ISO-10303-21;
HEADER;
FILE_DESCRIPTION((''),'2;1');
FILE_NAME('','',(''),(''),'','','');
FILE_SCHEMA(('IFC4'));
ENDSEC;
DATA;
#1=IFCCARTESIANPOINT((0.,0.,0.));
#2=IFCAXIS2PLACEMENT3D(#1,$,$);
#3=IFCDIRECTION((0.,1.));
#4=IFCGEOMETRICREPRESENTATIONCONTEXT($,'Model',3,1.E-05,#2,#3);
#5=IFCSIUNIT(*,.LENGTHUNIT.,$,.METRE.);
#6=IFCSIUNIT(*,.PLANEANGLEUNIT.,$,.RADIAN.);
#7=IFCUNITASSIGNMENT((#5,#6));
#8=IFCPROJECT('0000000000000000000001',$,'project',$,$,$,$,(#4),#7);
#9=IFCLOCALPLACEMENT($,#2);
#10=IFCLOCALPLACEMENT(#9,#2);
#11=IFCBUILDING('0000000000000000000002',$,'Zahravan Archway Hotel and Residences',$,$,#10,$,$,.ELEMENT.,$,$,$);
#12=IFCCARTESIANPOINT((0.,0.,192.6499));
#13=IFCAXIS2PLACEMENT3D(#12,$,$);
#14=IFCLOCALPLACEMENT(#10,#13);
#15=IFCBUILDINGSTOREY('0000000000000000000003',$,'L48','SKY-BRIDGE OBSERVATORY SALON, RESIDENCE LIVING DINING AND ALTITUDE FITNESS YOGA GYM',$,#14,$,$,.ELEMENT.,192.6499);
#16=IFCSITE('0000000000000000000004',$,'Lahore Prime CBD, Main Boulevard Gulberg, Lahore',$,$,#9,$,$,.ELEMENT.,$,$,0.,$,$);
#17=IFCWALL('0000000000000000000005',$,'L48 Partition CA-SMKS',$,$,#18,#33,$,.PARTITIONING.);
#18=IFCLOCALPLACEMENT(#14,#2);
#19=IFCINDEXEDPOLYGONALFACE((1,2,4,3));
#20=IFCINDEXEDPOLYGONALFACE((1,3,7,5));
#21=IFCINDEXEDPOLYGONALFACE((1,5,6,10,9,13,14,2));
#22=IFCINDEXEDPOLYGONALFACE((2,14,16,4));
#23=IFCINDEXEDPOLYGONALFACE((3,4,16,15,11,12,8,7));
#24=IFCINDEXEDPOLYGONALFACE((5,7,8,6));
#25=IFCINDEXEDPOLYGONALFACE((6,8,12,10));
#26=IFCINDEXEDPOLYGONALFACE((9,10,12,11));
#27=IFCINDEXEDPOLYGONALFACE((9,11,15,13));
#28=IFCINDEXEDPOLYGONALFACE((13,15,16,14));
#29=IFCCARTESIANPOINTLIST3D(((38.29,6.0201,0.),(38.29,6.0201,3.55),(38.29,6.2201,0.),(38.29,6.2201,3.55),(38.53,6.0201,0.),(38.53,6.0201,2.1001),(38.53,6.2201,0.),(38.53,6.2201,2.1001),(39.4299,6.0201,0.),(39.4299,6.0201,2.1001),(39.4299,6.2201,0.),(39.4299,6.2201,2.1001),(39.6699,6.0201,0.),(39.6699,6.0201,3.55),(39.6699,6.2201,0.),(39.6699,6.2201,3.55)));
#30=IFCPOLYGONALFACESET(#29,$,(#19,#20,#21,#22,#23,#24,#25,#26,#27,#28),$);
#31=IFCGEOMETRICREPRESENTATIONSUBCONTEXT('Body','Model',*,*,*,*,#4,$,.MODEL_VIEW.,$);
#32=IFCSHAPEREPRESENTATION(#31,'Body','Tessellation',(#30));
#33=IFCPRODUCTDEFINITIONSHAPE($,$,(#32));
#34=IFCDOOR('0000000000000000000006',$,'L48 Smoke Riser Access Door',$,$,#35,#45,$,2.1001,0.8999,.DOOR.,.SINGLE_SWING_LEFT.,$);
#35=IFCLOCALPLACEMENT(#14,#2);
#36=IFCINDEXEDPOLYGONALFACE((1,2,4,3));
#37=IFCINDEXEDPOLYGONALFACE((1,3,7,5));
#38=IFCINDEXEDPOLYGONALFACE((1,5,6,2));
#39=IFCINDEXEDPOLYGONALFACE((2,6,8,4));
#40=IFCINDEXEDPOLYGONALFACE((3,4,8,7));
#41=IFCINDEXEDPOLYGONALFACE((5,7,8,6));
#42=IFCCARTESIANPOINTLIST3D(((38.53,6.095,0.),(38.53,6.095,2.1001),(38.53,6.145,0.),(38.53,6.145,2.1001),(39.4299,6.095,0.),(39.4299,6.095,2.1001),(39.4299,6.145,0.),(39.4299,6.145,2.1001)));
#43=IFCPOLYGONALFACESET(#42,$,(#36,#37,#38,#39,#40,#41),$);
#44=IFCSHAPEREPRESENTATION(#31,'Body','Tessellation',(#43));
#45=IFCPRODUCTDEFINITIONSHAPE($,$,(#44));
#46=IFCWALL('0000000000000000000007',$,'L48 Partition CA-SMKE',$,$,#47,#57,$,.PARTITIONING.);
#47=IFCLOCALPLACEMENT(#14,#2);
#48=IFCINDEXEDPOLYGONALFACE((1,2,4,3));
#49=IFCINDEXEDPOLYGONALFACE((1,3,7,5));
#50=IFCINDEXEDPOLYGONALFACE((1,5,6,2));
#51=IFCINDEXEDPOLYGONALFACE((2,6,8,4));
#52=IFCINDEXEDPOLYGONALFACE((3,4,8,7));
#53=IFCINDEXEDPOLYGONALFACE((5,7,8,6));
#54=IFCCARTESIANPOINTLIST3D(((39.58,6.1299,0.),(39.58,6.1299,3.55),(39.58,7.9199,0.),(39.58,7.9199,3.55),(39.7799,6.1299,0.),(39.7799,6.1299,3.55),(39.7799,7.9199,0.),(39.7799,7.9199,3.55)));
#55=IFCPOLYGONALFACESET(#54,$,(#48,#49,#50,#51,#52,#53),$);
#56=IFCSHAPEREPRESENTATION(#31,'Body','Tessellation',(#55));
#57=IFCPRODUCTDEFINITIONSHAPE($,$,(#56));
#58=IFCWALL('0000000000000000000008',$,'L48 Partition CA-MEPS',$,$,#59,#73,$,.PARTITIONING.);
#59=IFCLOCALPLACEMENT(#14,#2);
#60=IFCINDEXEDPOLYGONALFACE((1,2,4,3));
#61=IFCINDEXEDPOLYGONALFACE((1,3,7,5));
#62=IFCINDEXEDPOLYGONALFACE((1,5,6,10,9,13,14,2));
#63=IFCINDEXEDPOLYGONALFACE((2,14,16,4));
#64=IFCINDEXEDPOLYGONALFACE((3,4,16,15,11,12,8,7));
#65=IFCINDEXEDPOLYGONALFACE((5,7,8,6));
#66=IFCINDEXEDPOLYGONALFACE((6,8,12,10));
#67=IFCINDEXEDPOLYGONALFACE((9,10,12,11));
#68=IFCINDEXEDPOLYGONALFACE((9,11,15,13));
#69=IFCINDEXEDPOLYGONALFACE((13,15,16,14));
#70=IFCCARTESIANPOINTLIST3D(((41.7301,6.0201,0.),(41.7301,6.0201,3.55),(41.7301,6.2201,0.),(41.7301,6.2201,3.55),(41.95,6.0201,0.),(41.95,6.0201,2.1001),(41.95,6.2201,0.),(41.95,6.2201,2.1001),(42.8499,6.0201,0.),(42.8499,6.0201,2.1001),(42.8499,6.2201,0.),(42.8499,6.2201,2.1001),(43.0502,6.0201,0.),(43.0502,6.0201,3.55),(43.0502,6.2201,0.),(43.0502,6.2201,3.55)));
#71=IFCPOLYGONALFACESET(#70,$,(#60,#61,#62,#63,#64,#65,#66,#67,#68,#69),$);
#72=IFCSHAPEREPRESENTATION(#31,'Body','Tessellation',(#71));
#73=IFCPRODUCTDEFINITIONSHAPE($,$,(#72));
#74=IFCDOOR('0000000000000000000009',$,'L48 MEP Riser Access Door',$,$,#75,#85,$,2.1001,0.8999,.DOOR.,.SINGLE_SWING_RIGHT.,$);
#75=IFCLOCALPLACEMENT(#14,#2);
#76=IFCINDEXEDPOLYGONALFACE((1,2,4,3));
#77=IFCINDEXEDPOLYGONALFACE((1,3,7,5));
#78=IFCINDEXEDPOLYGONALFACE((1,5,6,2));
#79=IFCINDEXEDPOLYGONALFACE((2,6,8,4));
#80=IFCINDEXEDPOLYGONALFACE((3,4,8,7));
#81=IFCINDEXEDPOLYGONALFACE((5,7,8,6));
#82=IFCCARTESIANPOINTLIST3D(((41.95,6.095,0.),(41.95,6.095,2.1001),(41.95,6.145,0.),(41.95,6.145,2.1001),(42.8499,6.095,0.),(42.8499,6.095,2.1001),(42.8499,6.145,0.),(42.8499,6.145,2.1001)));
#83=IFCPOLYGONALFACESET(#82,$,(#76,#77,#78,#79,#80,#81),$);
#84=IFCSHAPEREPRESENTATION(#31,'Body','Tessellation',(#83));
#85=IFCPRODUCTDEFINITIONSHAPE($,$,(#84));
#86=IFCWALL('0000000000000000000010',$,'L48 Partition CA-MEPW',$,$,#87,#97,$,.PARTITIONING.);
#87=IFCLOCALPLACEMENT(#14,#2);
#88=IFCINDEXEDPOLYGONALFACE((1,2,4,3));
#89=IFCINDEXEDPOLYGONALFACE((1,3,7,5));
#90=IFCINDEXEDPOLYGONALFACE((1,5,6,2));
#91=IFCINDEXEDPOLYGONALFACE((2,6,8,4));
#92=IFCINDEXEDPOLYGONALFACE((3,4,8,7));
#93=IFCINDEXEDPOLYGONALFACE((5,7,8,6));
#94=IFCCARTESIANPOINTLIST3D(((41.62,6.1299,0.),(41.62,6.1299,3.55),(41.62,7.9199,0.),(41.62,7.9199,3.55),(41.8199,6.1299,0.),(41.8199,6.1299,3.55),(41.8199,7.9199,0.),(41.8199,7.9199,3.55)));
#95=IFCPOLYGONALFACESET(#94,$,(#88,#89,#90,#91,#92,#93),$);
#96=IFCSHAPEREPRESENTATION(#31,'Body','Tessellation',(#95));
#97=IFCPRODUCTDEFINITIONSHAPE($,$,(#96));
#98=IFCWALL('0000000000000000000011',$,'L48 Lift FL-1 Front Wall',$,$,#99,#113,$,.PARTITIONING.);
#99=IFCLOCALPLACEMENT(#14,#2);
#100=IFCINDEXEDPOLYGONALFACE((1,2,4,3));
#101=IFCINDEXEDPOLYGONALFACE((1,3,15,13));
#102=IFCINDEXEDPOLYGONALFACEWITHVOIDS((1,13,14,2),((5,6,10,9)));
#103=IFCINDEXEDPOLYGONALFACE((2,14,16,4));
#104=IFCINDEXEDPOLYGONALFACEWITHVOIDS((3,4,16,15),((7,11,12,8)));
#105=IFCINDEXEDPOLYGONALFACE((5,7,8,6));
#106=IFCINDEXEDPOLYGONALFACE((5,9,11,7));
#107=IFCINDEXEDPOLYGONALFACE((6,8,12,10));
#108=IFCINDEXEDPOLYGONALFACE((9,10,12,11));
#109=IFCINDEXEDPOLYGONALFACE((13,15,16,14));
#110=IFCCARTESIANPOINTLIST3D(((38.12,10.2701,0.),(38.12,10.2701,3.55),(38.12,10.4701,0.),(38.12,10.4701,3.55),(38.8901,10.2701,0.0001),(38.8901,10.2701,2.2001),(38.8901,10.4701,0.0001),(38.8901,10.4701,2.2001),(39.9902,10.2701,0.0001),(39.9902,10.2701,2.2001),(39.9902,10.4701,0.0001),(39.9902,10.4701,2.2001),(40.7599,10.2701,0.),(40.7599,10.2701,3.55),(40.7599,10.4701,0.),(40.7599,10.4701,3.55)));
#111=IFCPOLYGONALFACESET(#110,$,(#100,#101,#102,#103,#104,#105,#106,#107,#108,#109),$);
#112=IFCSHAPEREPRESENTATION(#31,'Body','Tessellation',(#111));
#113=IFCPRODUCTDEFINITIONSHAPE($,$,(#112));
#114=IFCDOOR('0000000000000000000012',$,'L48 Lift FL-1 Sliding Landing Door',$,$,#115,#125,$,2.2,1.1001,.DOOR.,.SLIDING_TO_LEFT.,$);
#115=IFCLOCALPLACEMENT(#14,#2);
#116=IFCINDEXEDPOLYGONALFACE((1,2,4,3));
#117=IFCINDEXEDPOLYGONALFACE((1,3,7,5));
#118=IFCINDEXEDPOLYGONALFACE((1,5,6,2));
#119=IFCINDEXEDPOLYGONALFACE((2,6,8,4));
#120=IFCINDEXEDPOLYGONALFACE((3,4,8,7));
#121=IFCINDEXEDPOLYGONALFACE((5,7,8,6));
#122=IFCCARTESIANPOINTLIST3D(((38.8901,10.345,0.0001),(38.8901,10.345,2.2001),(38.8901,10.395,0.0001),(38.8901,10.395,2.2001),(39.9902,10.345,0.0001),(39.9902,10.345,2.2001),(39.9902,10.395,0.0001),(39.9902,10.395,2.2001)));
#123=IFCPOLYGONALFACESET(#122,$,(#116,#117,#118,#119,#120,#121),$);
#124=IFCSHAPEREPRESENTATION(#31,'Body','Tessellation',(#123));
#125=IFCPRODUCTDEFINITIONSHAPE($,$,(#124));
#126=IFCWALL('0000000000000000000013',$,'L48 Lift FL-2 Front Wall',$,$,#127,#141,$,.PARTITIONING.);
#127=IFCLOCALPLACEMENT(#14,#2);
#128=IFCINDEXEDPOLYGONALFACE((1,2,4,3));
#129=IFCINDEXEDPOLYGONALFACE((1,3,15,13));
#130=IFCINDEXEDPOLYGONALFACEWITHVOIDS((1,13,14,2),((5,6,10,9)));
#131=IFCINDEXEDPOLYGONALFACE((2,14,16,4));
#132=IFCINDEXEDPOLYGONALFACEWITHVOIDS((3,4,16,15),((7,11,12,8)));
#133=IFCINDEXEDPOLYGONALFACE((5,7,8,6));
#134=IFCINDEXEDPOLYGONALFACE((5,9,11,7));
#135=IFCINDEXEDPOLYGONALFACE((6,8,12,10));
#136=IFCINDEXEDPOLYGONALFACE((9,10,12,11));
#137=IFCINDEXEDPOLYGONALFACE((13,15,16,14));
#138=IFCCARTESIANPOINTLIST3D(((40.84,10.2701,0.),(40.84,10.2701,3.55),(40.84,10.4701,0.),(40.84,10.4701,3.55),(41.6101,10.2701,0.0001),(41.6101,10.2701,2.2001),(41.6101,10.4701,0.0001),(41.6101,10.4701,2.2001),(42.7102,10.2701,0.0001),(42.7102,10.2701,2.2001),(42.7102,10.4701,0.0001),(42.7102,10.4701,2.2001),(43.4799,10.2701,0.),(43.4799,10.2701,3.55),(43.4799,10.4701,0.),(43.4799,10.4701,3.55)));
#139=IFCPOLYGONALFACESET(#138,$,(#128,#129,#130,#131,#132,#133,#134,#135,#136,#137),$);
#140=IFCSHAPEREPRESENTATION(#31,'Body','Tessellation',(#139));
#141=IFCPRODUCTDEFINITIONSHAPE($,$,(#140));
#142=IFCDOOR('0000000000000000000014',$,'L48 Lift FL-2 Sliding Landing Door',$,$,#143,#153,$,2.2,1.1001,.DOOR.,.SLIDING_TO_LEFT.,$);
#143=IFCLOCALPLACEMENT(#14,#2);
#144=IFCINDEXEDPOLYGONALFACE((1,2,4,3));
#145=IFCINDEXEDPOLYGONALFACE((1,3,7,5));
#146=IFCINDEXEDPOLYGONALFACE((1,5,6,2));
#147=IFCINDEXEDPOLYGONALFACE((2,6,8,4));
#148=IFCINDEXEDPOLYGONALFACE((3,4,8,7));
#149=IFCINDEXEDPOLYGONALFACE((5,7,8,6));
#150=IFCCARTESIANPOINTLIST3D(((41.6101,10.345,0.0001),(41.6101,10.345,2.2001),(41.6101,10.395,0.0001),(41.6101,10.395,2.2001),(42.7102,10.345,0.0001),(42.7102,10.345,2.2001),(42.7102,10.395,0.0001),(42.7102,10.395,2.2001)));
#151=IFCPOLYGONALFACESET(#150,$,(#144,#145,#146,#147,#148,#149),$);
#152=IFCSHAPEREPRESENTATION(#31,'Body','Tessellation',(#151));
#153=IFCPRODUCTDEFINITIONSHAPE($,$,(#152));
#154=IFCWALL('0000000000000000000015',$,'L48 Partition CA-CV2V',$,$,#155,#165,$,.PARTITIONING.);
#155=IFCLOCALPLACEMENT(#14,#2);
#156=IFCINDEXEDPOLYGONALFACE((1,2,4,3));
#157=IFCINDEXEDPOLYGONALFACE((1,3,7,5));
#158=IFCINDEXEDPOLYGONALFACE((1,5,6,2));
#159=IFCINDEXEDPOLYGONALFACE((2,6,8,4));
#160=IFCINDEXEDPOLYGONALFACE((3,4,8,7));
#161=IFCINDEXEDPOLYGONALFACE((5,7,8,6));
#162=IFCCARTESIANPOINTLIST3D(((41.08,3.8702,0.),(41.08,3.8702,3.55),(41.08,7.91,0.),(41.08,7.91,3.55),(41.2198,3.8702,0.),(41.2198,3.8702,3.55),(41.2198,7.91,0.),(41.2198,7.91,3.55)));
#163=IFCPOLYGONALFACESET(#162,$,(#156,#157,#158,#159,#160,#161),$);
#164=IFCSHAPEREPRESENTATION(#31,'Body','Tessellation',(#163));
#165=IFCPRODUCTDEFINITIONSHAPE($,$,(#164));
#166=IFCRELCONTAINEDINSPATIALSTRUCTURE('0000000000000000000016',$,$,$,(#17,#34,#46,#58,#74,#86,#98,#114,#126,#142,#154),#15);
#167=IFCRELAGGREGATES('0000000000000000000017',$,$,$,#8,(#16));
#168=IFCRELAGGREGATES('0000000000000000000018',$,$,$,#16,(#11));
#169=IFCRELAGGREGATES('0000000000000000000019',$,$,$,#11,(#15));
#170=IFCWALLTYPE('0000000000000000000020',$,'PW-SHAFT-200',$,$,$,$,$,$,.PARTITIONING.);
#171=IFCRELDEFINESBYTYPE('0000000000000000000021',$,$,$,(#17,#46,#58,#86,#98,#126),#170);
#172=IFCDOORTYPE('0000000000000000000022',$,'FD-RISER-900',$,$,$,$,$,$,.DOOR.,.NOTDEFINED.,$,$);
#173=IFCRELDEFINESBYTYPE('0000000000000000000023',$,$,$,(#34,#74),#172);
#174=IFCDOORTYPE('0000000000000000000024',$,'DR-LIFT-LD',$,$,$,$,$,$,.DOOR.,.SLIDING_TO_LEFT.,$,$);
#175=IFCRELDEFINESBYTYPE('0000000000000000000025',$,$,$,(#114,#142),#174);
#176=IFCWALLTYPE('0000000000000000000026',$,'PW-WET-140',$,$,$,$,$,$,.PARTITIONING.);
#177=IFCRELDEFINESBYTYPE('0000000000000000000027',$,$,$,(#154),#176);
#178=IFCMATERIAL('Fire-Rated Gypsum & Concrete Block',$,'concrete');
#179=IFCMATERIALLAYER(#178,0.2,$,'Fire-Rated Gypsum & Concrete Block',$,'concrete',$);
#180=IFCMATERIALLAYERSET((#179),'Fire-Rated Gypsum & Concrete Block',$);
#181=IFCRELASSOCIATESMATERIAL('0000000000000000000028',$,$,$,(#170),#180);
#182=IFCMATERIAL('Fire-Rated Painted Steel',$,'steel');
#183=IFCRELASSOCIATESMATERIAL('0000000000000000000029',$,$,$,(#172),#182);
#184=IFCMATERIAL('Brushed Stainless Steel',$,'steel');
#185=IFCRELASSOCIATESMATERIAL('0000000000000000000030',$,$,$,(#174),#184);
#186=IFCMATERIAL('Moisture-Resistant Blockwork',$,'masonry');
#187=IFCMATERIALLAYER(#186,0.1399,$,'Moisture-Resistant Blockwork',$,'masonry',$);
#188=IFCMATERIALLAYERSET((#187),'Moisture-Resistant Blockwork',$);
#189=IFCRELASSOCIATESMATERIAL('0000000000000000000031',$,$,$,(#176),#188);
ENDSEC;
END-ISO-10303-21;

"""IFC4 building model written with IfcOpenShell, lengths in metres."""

from ifc_helpers import new_model, si_unit, direction, frame, frame_2d, origin, place, context, subcontext, project, spatial, rectangle, extrude, source, transform, mapped, material, layer, layer_set, type_object, type_shapes, element, fill, save


model = new_model("IFC4")

# Units and contexts
model_context = context("Model", 3, precision=1e-05, world=origin(), true_north=direction((0.0, 1.0)))
body_context = subcontext(model_context, "Body", "Model", "MODEL_VIEW")
ifc_project = project(units=[si_unit("LENGTHUNIT", "METRE"), si_unit("PLANEANGLEUNIT", "RADIAN")], contexts=[model_context])

# Site, building, storey
site_placement = place(None, origin())
site = spatial("IfcSite", under=ifc_project, at=site_placement, Name="Lahore Prime CBD, Main Boulevard Gulberg, Lahore", CompositionType="ELEMENT", RefElevation=0.0)
building_placement = place(site_placement, origin())
building = spatial("IfcBuilding", under=site, at=building_placement, Name="Zahravan Archway Hotel and Residences", CompositionType="ELEMENT")
storey_placement = place(building_placement, frame((0.0, 0.0, 192.6499)))
storey = spatial("IfcBuildingStorey", under=building, at=storey_placement, Name="L48", Description="SKY-BRIDGE OBSERVATORY SALON, RESIDENCE LIVING DINING AND ALTITUDE FITNESS YOGA GYM", CompositionType="ELEMENT", Elevation=192.6499)

# Shared definitions
ifc_material_1 = material(Name="Fire-Rated Gypsum & Concrete Block", Category="concrete")
ifc_material_2 = material(Name="Fire-Rated Painted Steel", Category="steel")

# Shared definitions
ifc_layer_1 = layer(ifc_material_1, 0.2, Name="Fire-Rated Gypsum & Concrete Block", Category="concrete")
ifc_layer_set_1 = layer_set([ifc_layer_1], Name="Fire-Rated Gypsum & Concrete Block")
wall_type_1 = type_object("IfcWallType", Name="PW-SHAFT-200", PredefinedType="PARTITIONING", material=ifc_layer_set_1)

# Wall, opening, door
wall_1_placement = place(storey_placement, frame((38.29, 6.1201, 0.0), z_axis=(0.0, 0.0, 1.0), x_axis=(1.0, 0.0, 0.0)))
wall_1 = element("IfcWall", 1, at=wall_1_placement, inside=storey, type_object=wall_type_1, Name="L48 Partition CA-SMKS", PredefinedType="PARTITIONING", context=body_context, shape_type="SweptSolid", body=[
    extrude(rectangle(XDim=1.3799, YDim=0.2, at=frame_2d((0.6899, 0.0))), origin(), (0.0, 0.0, 1.0), 3.55),
])
opening_1_placement = place(wall_1_placement, frame((0.24, 0.0, 0.0)))
opening_1 = element("IfcOpeningElement", 2, at=opening_1_placement, cuts=wall_1, PredefinedType="OPENING", context=body_context, shape_type="SweptSolid", body=[
    extrude(rectangle(XDim=0.8999, YDim=2.1001, at=frame_2d((0.45, 1.05))), frame((0.0, 0.1099, 0.0), z_axis=(0.0, -1.0, 0.0), x_axis=(1.0, 0.0, 0.0)), (0.0, 0.0, 1.0), 0.22),
])
door_type_1 = type_object("IfcDoorType", Name="FD-RISER-900", OperationType="NOTDEFINED", PredefinedType="DOOR", material=ifc_material_2)
shared_shape_1 = source(origin(), body_context, "Body", "SweptSolid", [
    extrude(rectangle(XDim=0.8999, YDim=2.1001, at=frame_2d((0.45, 1.05))), frame((0.0, 0.0249, 0.0), z_axis=(0.0, -1.0, 0.0), x_axis=(1.0, 0.0, 0.0)), (0.0, 0.0, 1.0), 0.05),
])
type_shapes(door_type_1, [shared_shape_1])
door_1_placement = place(opening_1_placement, origin())
door_1 = element("IfcDoor", 3, at=door_1_placement, inside=storey, type_object=door_type_1, Name="L48 Smoke Riser Access Door", OperationType="SINGLE_SWING_LEFT", OverallHeight=2.1001, OverallWidth=0.8999, PredefinedType="DOOR", context=body_context, shape_type="MappedRepresentation", body=[
    mapped(shared_shape_1, transform((0.0, 0.0, 0.0), scale=1.0)),
])
fill(opening_1, door_1)

# Wall
wall_2_placement = place(storey_placement, frame((39.6799, 6.1299, 0.0), z_axis=(0.0, 0.0, 1.0), x_axis=(0.0, 1.0, 0.0)))
element("IfcWall", 4, at=wall_2_placement, inside=storey, type_object=wall_type_1, Name="L48 Partition CA-SMKE", PredefinedType="PARTITIONING", context=body_context, shape_type="SweptSolid", body=[
    extrude(rectangle(XDim=1.79, YDim=0.2, at=frame_2d((0.895, 0.0))), origin(), (0.0, 0.0, 1.0), 3.55),
])

# Wall, opening, door
wall_3_placement = place(storey_placement, frame((41.73, 6.1201, 0.0), z_axis=(0.0, 0.0, 1.0), x_axis=(1.0, 0.0, 0.0)))
wall_3 = element("IfcWall", 5, at=wall_3_placement, inside=storey, type_object=wall_type_1, Name="L48 Partition CA-MEPS", PredefinedType="PARTITIONING", context=body_context, shape_type="SweptSolid", body=[
    extrude(rectangle(XDim=1.3201, YDim=0.2, at=frame_2d((0.6602, 0.0))), origin(), (0.0, 0.0, 1.0), 3.55),
])
opening_2_placement = place(wall_3_placement, frame((0.22, 0.0, 0.0)))
opening_2 = element("IfcOpeningElement", 6, at=opening_2_placement, cuts=wall_3, PredefinedType="OPENING", context=body_context, shape_type="SweptSolid", body=[
    extrude(rectangle(XDim=0.8999, YDim=2.1001, at=frame_2d((0.45, 1.05))), frame((0.0, 0.1099, 0.0), z_axis=(0.0, -1.0, 0.0), x_axis=(1.0, 0.0, 0.0)), (0.0, 0.0, 1.0), 0.22),
])
door_2_placement = place(opening_2_placement, origin())
door_2 = element("IfcDoor", 7, at=door_2_placement, inside=storey, type_object=door_type_1, Name="L48 MEP Riser Access Door", OperationType="SINGLE_SWING_RIGHT", OverallHeight=2.1001, OverallWidth=0.8999, PredefinedType="DOOR", context=body_context, shape_type="MappedRepresentation", body=[
    mapped(shared_shape_1, transform((0.0, 0.0, 0.0), scale=1.0)),
])
fill(opening_2, door_2)

# Wall
wall_4_placement = place(storey_placement, frame((41.72, 6.1299, 0.0), z_axis=(0.0, 0.0, 1.0), x_axis=(0.0, 1.0, 0.0)))
element("IfcWall", 8, at=wall_4_placement, inside=storey, type_object=wall_type_1, Name="L48 Partition CA-MEPW", PredefinedType="PARTITIONING", context=body_context, shape_type="SweptSolid", body=[
    extrude(rectangle(XDim=1.79, YDim=0.2, at=frame_2d((0.895, 0.0))), origin(), (0.0, 0.0, 1.0), 3.55),
])

# Walls, openings, doors
wall_5_placement = place(storey_placement, frame((38.1201, 10.3701, 0.0), z_axis=(0.0, 0.0, 1.0), x_axis=(1.0, 0.0, 0.0)))
wall_5 = element("IfcWall", 9, at=wall_5_placement, inside=storey, type_object=wall_type_1, Name="L48 Lift FL-1 Front Wall", PredefinedType="PARTITIONING", context=body_context, shape_type="SweptSolid", body=[
    extrude(rectangle(XDim=2.6399, YDim=0.2, at=frame_2d((1.3198, 0.0))), origin(), (0.0, 0.0, 1.0), 3.55),
])
opening_3_placement = place(wall_5_placement, frame((0.77, 0.0, 0.0)))
opening_3 = element("IfcOpeningElement", 10, at=opening_3_placement, cuts=wall_5, PredefinedType="OPENING", context=body_context, shape_type="SweptSolid", body=[
    extrude(rectangle(XDim=1.1001, YDim=2.2, at=frame_2d((0.55, 1.1001))), frame((0.0, 0.1099, 0.0), z_axis=(0.0, -1.0, 0.0), x_axis=(1.0, 0.0, 0.0)), (0.0, 0.0, 1.0), 0.22),
])
ifc_material_3 = material(Name="Brushed Stainless Steel", Category="steel")
door_type_2 = type_object("IfcDoorType", Name="DR-LIFT-LD", OperationType="SLIDING_TO_LEFT", PredefinedType="DOOR", material=ifc_material_3)
shared_shape_2 = source(origin(), body_context, "Body", "SweptSolid", [
    extrude(rectangle(XDim=1.1001, YDim=2.2, at=frame_2d((0.55, 1.1001))), frame((0.0, 0.0249, 0.0), z_axis=(0.0, -1.0, 0.0), x_axis=(1.0, 0.0, 0.0)), (0.0, 0.0, 1.0), 0.05),
])
type_shapes(door_type_2, [shared_shape_2])
door_3_placement = place(opening_3_placement, origin())
door_3 = element("IfcDoor", 11, at=door_3_placement, inside=storey, type_object=door_type_2, Name="L48 Lift FL-1 Sliding Landing Door", OperationType="SLIDING_TO_LEFT", OverallHeight=2.2, OverallWidth=1.1001, PredefinedType="DOOR", context=body_context, shape_type="MappedRepresentation", body=[
    mapped(shared_shape_2, transform((0.0, 0.0, 0.0), scale=1.0)),
])
fill(opening_3, door_3)
wall_6_placement = place(storey_placement, frame((40.8401, 10.3701, 0.0), z_axis=(0.0, 0.0, 1.0), x_axis=(1.0, 0.0, 0.0)))
wall_6 = element("IfcWall", 12, at=wall_6_placement, inside=storey, type_object=wall_type_1, Name="L48 Lift FL-2 Front Wall", PredefinedType="PARTITIONING", context=body_context, shape_type="SweptSolid", body=[
    extrude(rectangle(XDim=2.6399, YDim=0.2, at=frame_2d((1.3198, 0.0))), origin(), (0.0, 0.0, 1.0), 3.55),
])
opening_4_placement = place(wall_6_placement, frame((0.77, 0.0, 0.0)))
opening_4 = element("IfcOpeningElement", 13, at=opening_4_placement, cuts=wall_6, PredefinedType="OPENING", context=body_context, shape_type="SweptSolid", body=[
    extrude(rectangle(XDim=1.1001, YDim=2.2, at=frame_2d((0.55, 1.1001))), frame((0.0, 0.1099, 0.0), z_axis=(0.0, -1.0, 0.0), x_axis=(1.0, 0.0, 0.0)), (0.0, 0.0, 1.0), 0.22),
])
door_4_placement = place(opening_4_placement, origin())
door_4 = element("IfcDoor", 14, at=door_4_placement, inside=storey, type_object=door_type_2, Name="L48 Lift FL-2 Sliding Landing Door", OperationType="SLIDING_TO_LEFT", OverallHeight=2.2, OverallWidth=1.1001, PredefinedType="DOOR", context=body_context, shape_type="MappedRepresentation", body=[
    mapped(shared_shape_2, transform((0.0, 0.0, 0.0), scale=1.0)),
])
fill(opening_4, door_4)

# Wall
ifc_material_4 = material(Name="Moisture-Resistant Blockwork", Category="masonry")
ifc_layer_2 = layer(ifc_material_4, 0.1399, Name="Moisture-Resistant Blockwork", Category="masonry")
ifc_layer_set_2 = layer_set([ifc_layer_2], Name="Moisture-Resistant Blockwork")
wall_type_2 = type_object("IfcWallType", Name="PW-WET-140", PredefinedType="PARTITIONING", material=ifc_layer_set_2)
wall_7_placement = place(storey_placement, frame((41.1499, 3.8701, 0.0), z_axis=(0.0, 0.0, 1.0), x_axis=(0.0, 1.0, 0.0)))
element("IfcWall", 15, at=wall_7_placement, inside=storey, type_object=wall_type_2, Name="L48 Partition CA-CV2V", PredefinedType="PARTITIONING", context=body_context, shape_type="SweptSolid", body=[
    extrude(rectangle(XDim=4.0398, YDim=0.1399, at=frame_2d((2.02, 0.0))), origin(), (0.0, 0.0, 1.0), 3.55),
])

save(model, "model.ifc")
